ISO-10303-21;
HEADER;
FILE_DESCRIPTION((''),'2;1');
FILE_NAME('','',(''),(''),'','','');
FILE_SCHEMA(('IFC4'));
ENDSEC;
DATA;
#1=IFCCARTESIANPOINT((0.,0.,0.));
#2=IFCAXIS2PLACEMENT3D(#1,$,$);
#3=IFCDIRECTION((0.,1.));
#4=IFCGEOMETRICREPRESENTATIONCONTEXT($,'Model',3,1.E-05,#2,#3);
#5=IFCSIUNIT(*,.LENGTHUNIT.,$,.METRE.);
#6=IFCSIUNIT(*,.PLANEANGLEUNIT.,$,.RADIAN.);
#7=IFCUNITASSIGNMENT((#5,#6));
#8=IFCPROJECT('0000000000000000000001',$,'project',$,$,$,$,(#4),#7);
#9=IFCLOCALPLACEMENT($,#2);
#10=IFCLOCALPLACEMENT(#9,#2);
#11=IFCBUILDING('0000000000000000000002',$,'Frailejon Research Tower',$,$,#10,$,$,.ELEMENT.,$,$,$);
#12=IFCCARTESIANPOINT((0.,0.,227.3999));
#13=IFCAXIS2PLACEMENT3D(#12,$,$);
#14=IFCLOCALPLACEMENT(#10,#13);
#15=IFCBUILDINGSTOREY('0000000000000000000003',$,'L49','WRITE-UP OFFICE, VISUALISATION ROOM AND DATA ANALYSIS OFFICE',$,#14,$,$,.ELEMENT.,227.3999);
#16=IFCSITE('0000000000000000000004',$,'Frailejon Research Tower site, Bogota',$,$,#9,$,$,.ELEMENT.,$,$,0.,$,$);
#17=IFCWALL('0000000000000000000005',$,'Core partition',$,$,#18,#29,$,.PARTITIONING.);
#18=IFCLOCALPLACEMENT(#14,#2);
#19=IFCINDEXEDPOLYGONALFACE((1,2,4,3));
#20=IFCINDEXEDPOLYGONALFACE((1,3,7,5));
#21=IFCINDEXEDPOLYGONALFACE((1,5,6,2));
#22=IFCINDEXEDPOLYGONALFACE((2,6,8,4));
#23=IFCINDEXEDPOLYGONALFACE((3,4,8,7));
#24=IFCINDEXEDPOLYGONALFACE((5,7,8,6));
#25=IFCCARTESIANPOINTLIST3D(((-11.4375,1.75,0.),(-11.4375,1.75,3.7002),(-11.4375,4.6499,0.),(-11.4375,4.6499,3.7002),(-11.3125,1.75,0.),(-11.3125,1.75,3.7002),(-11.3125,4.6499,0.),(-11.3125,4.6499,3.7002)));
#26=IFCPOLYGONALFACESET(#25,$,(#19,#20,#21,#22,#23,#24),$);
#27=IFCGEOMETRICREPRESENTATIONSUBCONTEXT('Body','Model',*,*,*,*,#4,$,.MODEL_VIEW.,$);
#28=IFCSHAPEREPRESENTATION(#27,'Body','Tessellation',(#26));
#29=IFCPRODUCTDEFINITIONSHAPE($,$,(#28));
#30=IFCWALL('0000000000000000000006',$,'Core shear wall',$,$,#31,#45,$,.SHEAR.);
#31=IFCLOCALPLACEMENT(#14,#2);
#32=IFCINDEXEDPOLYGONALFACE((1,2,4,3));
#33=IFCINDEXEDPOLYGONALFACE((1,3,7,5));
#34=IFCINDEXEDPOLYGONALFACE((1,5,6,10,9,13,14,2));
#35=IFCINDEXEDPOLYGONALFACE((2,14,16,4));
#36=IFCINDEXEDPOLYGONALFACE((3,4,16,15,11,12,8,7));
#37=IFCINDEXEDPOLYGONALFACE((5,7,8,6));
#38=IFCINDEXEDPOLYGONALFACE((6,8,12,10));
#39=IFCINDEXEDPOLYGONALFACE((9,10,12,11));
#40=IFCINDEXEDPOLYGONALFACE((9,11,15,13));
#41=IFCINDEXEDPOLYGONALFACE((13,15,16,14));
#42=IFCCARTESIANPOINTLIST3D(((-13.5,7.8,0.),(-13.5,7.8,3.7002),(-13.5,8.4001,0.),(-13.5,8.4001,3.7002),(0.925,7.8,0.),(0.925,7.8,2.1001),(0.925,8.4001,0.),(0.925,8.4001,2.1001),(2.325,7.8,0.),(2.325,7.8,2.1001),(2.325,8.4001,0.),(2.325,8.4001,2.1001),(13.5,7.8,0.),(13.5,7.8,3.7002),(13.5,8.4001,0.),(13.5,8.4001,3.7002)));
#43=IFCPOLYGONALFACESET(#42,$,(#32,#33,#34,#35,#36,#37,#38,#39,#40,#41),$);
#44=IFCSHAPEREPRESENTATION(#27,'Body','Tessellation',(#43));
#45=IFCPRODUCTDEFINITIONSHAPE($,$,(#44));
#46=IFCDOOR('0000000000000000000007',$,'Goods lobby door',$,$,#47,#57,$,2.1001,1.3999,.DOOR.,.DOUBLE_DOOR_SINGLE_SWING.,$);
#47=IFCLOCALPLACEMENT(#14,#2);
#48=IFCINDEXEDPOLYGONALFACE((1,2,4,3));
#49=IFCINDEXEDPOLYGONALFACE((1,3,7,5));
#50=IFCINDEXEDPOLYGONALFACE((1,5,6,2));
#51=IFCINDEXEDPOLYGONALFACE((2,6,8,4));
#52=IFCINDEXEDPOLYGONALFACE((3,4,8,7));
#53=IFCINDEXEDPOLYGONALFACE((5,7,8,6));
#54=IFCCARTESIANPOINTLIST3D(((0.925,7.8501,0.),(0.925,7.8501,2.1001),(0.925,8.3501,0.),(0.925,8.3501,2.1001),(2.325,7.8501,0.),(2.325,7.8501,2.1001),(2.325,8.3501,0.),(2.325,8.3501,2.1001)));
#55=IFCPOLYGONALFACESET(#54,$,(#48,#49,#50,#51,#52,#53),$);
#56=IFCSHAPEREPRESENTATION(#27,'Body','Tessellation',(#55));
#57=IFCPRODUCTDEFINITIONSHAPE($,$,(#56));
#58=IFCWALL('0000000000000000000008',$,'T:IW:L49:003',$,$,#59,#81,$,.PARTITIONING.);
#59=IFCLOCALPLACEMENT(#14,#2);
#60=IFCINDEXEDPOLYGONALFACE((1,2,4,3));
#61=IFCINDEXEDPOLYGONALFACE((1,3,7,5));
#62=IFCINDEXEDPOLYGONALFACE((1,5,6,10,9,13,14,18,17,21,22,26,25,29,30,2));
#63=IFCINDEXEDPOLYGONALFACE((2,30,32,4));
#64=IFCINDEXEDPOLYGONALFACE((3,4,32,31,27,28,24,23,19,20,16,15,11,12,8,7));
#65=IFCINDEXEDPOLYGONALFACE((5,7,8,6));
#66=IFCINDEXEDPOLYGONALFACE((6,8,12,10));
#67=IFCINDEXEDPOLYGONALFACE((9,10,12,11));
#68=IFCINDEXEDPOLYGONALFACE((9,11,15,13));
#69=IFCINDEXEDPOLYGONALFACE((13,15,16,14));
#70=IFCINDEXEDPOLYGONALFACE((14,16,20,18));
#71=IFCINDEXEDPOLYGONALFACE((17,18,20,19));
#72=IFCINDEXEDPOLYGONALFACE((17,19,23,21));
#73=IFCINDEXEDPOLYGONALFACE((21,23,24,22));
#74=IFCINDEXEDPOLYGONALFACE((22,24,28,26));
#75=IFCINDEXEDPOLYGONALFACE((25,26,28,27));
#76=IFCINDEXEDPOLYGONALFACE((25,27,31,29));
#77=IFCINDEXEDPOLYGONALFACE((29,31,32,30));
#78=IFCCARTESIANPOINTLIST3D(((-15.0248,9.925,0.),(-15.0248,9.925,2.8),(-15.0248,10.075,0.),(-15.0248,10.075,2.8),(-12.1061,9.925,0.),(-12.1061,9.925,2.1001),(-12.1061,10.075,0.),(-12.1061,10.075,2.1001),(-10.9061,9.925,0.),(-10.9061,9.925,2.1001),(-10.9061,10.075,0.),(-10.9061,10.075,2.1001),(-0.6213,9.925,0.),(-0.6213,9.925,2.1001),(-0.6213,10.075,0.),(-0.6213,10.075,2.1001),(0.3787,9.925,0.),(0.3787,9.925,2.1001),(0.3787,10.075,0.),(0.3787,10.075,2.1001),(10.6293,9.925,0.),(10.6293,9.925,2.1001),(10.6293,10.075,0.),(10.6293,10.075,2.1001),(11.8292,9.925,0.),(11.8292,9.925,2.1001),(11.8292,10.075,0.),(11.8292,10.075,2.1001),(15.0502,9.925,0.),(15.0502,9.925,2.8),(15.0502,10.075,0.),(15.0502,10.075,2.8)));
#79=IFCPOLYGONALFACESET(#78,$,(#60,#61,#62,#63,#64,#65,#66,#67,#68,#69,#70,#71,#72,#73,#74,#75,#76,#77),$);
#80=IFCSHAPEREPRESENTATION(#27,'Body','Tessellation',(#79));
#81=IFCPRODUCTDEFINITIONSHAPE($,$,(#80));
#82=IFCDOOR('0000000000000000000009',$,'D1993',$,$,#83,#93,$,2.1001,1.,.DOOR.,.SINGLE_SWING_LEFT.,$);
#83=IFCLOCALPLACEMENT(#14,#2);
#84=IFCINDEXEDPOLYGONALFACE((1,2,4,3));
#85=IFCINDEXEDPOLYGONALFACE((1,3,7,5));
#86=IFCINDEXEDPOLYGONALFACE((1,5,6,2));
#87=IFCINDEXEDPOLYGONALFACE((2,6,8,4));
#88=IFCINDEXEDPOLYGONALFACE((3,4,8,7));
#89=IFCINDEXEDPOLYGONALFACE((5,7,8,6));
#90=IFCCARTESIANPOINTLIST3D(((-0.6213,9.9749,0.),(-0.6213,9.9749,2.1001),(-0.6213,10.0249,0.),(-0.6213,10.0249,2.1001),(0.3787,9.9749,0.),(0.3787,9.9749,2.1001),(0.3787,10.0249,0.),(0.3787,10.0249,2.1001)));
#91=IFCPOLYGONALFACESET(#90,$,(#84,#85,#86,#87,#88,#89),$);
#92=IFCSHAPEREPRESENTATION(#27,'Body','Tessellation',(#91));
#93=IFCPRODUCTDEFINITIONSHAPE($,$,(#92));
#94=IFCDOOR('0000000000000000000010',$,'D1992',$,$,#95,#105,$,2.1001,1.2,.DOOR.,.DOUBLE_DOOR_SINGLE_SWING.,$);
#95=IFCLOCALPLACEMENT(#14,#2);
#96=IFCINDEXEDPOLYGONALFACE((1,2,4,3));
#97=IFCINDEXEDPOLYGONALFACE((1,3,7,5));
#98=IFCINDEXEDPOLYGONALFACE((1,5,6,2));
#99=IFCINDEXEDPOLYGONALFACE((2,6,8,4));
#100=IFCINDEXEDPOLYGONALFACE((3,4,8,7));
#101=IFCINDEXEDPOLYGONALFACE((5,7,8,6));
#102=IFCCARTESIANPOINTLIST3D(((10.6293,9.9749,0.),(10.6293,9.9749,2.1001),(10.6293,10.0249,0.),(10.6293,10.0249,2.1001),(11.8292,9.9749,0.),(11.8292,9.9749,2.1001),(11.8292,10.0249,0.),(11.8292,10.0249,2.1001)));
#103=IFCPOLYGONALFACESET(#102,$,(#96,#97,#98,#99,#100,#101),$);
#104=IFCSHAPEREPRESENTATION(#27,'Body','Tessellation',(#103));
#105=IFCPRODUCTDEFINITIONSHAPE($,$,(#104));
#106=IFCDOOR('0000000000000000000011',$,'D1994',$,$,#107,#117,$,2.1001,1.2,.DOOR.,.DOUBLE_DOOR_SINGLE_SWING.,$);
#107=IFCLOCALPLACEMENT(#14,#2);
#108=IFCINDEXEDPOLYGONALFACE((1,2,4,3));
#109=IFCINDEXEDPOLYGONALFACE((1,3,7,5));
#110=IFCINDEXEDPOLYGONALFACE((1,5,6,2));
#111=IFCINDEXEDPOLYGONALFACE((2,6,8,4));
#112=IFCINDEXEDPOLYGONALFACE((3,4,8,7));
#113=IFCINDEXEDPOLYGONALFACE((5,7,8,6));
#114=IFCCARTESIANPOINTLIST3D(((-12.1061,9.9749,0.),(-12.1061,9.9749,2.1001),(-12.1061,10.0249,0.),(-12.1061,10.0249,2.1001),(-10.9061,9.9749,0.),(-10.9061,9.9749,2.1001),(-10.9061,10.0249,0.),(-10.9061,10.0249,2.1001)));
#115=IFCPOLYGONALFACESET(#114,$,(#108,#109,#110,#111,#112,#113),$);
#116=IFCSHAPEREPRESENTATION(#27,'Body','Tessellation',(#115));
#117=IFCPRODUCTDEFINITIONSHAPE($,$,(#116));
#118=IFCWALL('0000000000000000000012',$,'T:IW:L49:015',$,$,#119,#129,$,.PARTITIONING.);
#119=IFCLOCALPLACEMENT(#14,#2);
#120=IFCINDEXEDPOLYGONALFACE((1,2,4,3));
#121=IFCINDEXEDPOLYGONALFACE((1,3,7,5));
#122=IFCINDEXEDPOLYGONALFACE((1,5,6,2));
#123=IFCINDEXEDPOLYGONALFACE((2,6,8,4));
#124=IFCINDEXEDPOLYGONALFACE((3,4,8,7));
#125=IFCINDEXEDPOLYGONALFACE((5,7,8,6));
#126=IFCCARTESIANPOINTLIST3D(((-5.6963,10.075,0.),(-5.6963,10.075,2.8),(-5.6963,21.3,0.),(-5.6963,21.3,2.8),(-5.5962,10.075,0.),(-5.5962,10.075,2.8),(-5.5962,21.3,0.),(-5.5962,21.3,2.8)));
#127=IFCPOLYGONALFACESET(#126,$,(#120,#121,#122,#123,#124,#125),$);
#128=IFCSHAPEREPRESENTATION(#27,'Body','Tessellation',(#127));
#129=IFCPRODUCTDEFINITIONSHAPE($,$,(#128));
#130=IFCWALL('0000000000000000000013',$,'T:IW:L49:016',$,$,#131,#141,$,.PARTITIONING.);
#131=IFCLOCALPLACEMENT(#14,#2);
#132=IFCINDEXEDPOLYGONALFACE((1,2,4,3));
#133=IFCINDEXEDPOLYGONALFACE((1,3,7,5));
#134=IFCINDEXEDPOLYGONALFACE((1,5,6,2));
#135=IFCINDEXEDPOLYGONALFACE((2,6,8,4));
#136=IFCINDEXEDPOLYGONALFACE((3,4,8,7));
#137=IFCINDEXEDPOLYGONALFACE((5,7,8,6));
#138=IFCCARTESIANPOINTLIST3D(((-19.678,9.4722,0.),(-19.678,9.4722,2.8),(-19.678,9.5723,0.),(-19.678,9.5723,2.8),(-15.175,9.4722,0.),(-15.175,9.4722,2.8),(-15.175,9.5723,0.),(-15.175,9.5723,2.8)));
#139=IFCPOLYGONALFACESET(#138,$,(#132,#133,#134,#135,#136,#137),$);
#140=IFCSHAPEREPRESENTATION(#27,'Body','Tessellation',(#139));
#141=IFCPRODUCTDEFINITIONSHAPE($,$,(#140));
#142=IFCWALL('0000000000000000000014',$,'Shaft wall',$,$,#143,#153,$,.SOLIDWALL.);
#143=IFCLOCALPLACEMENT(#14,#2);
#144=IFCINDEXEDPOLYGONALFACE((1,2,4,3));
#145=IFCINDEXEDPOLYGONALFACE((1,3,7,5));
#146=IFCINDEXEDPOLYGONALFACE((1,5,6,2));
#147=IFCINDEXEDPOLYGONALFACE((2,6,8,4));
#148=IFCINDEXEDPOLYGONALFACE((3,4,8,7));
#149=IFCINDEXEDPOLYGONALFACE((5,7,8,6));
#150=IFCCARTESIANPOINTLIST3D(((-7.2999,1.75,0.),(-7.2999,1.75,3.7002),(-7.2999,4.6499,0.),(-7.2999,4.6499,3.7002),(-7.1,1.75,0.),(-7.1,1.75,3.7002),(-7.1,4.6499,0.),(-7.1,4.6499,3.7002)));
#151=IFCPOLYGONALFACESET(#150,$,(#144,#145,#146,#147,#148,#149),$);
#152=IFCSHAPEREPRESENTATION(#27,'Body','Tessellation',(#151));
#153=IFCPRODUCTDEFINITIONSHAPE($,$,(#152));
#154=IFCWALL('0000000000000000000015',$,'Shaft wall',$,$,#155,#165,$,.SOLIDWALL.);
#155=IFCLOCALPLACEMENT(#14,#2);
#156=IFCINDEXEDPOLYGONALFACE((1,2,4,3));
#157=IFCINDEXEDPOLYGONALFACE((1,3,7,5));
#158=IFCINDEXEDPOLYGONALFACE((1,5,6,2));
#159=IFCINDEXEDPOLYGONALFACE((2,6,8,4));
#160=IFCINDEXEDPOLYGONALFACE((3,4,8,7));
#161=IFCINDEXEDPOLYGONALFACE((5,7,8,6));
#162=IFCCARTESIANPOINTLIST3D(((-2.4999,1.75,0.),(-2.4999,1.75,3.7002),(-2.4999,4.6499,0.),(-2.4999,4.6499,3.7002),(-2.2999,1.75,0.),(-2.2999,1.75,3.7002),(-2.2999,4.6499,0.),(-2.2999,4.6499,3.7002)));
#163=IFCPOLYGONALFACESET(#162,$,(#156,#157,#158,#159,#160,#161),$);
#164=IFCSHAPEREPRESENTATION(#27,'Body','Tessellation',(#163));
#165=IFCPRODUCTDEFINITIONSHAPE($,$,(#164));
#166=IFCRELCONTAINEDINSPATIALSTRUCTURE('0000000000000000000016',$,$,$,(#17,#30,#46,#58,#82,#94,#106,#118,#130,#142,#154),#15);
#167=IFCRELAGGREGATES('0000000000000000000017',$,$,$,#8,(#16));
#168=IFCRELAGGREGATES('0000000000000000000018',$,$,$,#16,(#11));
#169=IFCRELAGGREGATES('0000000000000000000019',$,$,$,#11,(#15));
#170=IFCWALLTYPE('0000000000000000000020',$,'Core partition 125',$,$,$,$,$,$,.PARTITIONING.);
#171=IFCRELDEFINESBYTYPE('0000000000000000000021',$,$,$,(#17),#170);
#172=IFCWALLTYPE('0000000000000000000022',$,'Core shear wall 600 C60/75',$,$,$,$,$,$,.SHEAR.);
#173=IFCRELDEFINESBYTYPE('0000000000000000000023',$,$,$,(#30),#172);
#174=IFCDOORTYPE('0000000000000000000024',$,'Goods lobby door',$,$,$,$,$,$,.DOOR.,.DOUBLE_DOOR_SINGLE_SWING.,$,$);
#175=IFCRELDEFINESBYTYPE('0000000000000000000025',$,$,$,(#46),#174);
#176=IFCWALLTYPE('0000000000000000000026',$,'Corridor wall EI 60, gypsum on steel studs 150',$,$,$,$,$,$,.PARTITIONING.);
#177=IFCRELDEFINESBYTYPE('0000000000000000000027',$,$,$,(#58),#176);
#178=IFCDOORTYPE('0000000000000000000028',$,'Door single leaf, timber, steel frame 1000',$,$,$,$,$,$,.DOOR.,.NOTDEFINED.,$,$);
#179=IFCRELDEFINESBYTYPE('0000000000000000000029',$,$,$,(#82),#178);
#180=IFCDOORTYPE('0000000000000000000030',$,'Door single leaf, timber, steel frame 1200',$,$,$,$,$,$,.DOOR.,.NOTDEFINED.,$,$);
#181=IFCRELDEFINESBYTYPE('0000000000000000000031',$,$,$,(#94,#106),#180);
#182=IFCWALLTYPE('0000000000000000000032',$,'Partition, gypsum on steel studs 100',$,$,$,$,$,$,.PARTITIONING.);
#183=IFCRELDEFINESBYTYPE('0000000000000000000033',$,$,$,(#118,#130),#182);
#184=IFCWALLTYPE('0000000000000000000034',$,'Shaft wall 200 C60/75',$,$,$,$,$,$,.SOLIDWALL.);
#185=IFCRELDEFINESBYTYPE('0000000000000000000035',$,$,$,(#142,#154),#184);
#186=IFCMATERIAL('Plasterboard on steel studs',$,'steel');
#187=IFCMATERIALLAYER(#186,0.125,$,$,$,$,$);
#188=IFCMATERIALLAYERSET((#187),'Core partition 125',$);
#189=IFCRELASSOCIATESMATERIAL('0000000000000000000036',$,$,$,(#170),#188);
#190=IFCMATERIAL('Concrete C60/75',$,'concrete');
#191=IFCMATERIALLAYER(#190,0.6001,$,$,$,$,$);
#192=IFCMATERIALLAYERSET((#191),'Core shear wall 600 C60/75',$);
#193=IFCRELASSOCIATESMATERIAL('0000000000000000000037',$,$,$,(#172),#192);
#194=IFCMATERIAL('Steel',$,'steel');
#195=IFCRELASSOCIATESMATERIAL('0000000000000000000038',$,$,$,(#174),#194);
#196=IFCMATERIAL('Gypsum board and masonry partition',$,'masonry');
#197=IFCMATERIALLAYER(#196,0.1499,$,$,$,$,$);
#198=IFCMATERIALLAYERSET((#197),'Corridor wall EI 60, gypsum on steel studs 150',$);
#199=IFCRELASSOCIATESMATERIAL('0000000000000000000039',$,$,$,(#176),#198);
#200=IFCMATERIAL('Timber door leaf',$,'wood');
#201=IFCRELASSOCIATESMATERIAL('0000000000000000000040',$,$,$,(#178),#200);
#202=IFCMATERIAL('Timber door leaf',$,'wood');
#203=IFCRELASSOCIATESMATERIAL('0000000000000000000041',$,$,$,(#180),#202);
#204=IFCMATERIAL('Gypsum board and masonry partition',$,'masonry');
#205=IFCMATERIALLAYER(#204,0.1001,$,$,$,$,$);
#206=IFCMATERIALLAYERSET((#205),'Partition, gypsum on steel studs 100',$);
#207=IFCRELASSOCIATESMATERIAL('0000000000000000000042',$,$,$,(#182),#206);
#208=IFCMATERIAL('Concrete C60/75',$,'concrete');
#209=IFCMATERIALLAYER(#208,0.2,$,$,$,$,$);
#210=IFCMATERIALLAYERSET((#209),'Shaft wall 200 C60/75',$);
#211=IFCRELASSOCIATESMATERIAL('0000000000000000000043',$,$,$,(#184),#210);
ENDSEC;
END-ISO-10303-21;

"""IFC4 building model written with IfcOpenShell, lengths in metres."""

from ifc_helpers import new_model, si_unit, direction, frame, frame_2d, origin, place, context, subcontext, project, spatial, rectangle, extrude, material, layer, layer_set, type_object, element, fill, save


model = new_model("IFC4")

# Units and contexts
model_context = context("Model", 3, precision=1e-05, world=origin(), true_north=direction((0.0, 1.0)))
body_context = subcontext(model_context, "Body", "Model", "MODEL_VIEW")
ifc_project = project(units=[si_unit("LENGTHUNIT", "METRE"), si_unit("PLANEANGLEUNIT", "RADIAN")], contexts=[model_context])

# Site, building, storey
site_placement = place(None, origin())
site = spatial("IfcSite", under=ifc_project, at=site_placement, Name="Frailejon Research Tower site, Bogota", CompositionType="ELEMENT", RefElevation=0.0)
building_placement = place(site_placement, origin())
building = spatial("IfcBuilding", under=site, at=building_placement, Name="Frailejon Research Tower", CompositionType="ELEMENT")
storey_placement = place(building_placement, frame((0.0, 0.0, 227.3999)))
storey = spatial("IfcBuildingStorey", under=building, at=storey_placement, Name="L49", Description="WRITE-UP OFFICE, VISUALISATION ROOM AND DATA ANALYSIS OFFICE", CompositionType="ELEMENT", Elevation=227.3999)

# Wall
ifc_material_1 = material(Name="Plasterboard on steel studs", Category="steel")
ifc_layer_1 = layer(ifc_material_1, 0.125)
ifc_layer_set_1 = layer_set([ifc_layer_1], Name="Core partition 125")
wall_type_1 = type_object("IfcWallType", Name="Core partition 125", PredefinedType="PARTITIONING", material=ifc_layer_set_1)
wall_1_placement = place(storey_placement, frame((-11.375, 1.75, 0.0), z_axis=(0.0, 0.0, 1.0), x_axis=(0.0, 1.0, 0.0)))
element("IfcWall", 1, at=wall_1_placement, inside=storey, type_object=wall_type_1, Name="Core partition", PredefinedType="PARTITIONING", context=body_context, shape_type="SweptSolid", body=[
    extrude(rectangle(XDim=2.8999, YDim=0.125, at=frame_2d((1.45, 0.0))), origin(), (0.0, 0.0, 1.0), 3.7002),
])

# Wall, opening, door
ifc_material_2 = material(Name="Concrete C60/75", Category="concrete")
ifc_layer_2 = layer(ifc_material_2, 0.6001)
ifc_layer_set_2 = layer_set([ifc_layer_2], Name="Core shear wall 600 C60/75")
wall_type_2 = type_object("IfcWallType", Name="Core shear wall 600 C60/75", PredefinedType="SHEAR", material=ifc_layer_set_2)
wall_2_placement = place(storey_placement, frame((-13.5, 8.1001, 0.0), z_axis=(0.0, 0.0, 1.0), x_axis=(1.0, 0.0, 0.0)))
wall_2 = element("IfcWall", 2, at=wall_2_placement, inside=storey, type_object=wall_type_2, Name="Core shear wall", PredefinedType="SHEAR", context=body_context, shape_type="SweptSolid", body=[
    extrude(rectangle(XDim=27.0, YDim=0.6001, at=frame_2d((13.5, 0.0))), origin(), (0.0, 0.0, 1.0), 3.7002),
])
opening_1_placement = place(wall_2_placement, frame((14.425, 0.0, 0.0)))
opening_1 = element("IfcOpeningElement", 3, at=opening_1_placement, cuts=wall_2, PredefinedType="OPENING", context=body_context, shape_type="SweptSolid", body=[
    extrude(rectangle(XDim=1.3999, YDim=2.1001, at=frame_2d((0.7, 1.05))), frame((0.0, 0.3101, 0.0), z_axis=(0.0, -1.0, 0.0), x_axis=(1.0, 0.0, 0.0)), (0.0, 0.0, 1.0), 0.6201),
])
ifc_material_3 = material(Name="Steel", Category="steel")
door_type_1 = type_object("IfcDoorType", Name="Goods lobby door", OperationType="DOUBLE_DOOR_SINGLE_SWING", PredefinedType="DOOR", material=ifc_material_3)
door_1_placement = place(opening_1_placement, origin())
door_1 = element("IfcDoor", 4, at=door_1_placement, inside=storey, type_object=door_type_1, Name="Goods lobby door", OperationType="DOUBLE_DOOR_SINGLE_SWING", OverallHeight=2.1001, OverallWidth=1.3999, PredefinedType="DOOR", context=body_context, shape_type="SweptSolid", body=[
    extrude(rectangle(XDim=1.3999, YDim=2.1001, at=frame_2d((0.7, 1.05))), frame((0.0, 0.25, 0.0), z_axis=(0.0, -1.0, 0.0), x_axis=(1.0, 0.0, 0.0)), (0.0, 0.0, 1.0), 0.5),
])
fill(opening_1, door_1)

# Wall, openings, doors
ifc_material_4 = material(Name="Gypsum board and masonry partition", Category="masonry")
ifc_layer_3 = layer(ifc_material_4, 0.1499)
ifc_layer_set_3 = layer_set([ifc_layer_3], Name="Corridor wall EI 60, gypsum on steel studs 150")
wall_type_3 = type_object("IfcWallType", Name="Corridor wall EI 60, gypsum on steel studs 150", PredefinedType="PARTITIONING", material=ifc_layer_set_3)
wall_3_placement = place(storey_placement, frame((-15.0249, 10.0, 0.0), z_axis=(0.0, 0.0, 1.0), x_axis=(1.0, 0.0, 0.0)))
wall_3 = element("IfcWall", 5, at=wall_3_placement, inside=storey, type_object=wall_type_3, Name="T:IW:L49:003", PredefinedType="PARTITIONING", context=body_context, shape_type="SweptSolid", body=[
    extrude(rectangle(XDim=30.075, YDim=0.1499, at=frame_2d((15.0376, 0.0))), origin(), (0.0, 0.0, 1.0), 2.8),
])
opening_2_placement = place(wall_3_placement, frame((25.6541, 0.0, 0.0)))
opening_2 = element("IfcOpeningElement", 6, at=opening_2_placement, cuts=wall_3, PredefinedType="OPENING", context=body_context, shape_type="SweptSolid", body=[
    extrude(rectangle(XDim=1.2, YDim=2.1001, at=frame_2d((0.6001, 1.05))), frame((0.0, 0.085, 0.0), z_axis=(0.0, -1.0, 0.0), x_axis=(1.0, 0.0, 0.0)), (0.0, 0.0, 1.0), 0.1699),
])
opening_3_placement = place(wall_3_placement, frame((14.4036, 0.0, 0.0)))
opening_3 = element("IfcOpeningElement", 7, at=opening_3_placement, cuts=wall_3, PredefinedType="OPENING", context=body_context, shape_type="SweptSolid", body=[
    extrude(rectangle(XDim=1.0, YDim=2.1001, at=frame_2d((0.5, 1.05))), frame((0.0, 0.085, 0.0), z_axis=(0.0, -1.0, 0.0), x_axis=(1.0, 0.0, 0.0)), (0.0, 0.0, 1.0), 0.1699),
])
opening_4_placement = place(wall_3_placement, frame((2.9187, 0.0, 0.0)))
opening_4 = element("IfcOpeningElement", 8, at=opening_4_placement, cuts=wall_3, PredefinedType="OPENING", context=body_context, shape_type="SweptSolid", body=[
    extrude(rectangle(XDim=1.2, YDim=2.1001, at=frame_2d((0.6001, 1.05))), frame((0.0, 0.085, 0.0), z_axis=(0.0, -1.0, 0.0), x_axis=(1.0, 0.0, 0.0)), (0.0, 0.0, 1.0), 0.1699),
])
ifc_material_5 = material(Name="Timber door leaf", Category="wood")
door_type_2 = type_object("IfcDoorType", Name="Door single leaf, timber, steel frame 1000", OperationType="NOTDEFINED", PredefinedType="DOOR", material=ifc_material_5)
door_2_placement = place(opening_3_placement, origin())
door_2 = element("IfcDoor", 9, at=door_2_placement, inside=storey, type_object=door_type_2, Name="D1993", OperationType="SINGLE_SWING_LEFT", OverallHeight=2.1001, OverallWidth=1.0, PredefinedType="DOOR", context=body_context, shape_type="SweptSolid", body=[
    extrude(rectangle(XDim=1.0, YDim=2.1001, at=frame_2d((0.5, 1.05))), frame((0.0, 0.0249, 0.0), z_axis=(0.0, -1.0, 0.0), x_axis=(1.0, 0.0, 0.0)), (0.0, 0.0, 1.0), 0.05),
])
fill(opening_3, door_2)
ifc_material_6 = material(Name="Timber door leaf", Category="wood")
door_type_3 = type_object("IfcDoorType", Name="Door single leaf, timber, steel frame 1200", OperationType="NOTDEFINED", PredefinedType="DOOR", material=ifc_material_6)
door_3_placement = place(opening_2_placement, origin())
door_3 = element("IfcDoor", 10, at=door_3_placement, inside=storey, type_object=door_type_3, Name="D1992", OperationType="DOUBLE_DOOR_SINGLE_SWING", OverallHeight=2.1001, OverallWidth=1.2, PredefinedType="DOOR", context=body_context, shape_type="SweptSolid", body=[
    extrude(rectangle(XDim=1.2, YDim=2.1001, at=frame_2d((0.6001, 1.05))), frame((0.0, 0.0249, 0.0), z_axis=(0.0, -1.0, 0.0), x_axis=(1.0, 0.0, 0.0)), (0.0, 0.0, 1.0), 0.05),
])
fill(opening_2, door_3)
door_4_placement = place(opening_4_placement, origin())
door_4 = element("IfcDoor", 11, at=door_4_placement, inside=storey, type_object=door_type_3, Name="D1994", OperationType="DOUBLE_DOOR_SINGLE_SWING", OverallHeight=2.1001, OverallWidth=1.2, PredefinedType="DOOR", context=body_context, shape_type="SweptSolid", body=[
    extrude(rectangle(XDim=1.2, YDim=2.1001, at=frame_2d((0.6001, 1.05))), frame((0.0, 0.0249, 0.0), z_axis=(0.0, -1.0, 0.0), x_axis=(1.0, 0.0, 0.0)), (0.0, 0.0, 1.0), 0.05),
])
fill(opening_4, door_4)

# Walls
ifc_material_7 = material(Name="Gypsum board and masonry partition", Category="masonry")
ifc_layer_4 = layer(ifc_material_7, 0.1001)
ifc_layer_set_4 = layer_set([ifc_layer_4], Name="Partition, gypsum on steel studs 100")
wall_type_4 = type_object("IfcWallType", Name="Partition, gypsum on steel studs 100", PredefinedType="PARTITIONING", material=ifc_layer_set_4)
wall_4_placement = place(storey_placement, frame((-5.6462, 10.075, 0.0), z_axis=(0.0, 0.0, 1.0), x_axis=(0.0, 1.0, 0.0)))
element("IfcWall", 12, at=wall_4_placement, inside=storey, type_object=wall_type_4, Name="T:IW:L49:015", PredefinedType="PARTITIONING", context=body_context, shape_type="SweptSolid", body=[
    extrude(rectangle(XDim=11.2251, YDim=0.1001, at=frame_2d((5.6125, 0.0))), origin(), (0.0, 0.0, 1.0), 2.8),
])
wall_5_placement = place(storey_placement, frame((-19.678, 9.5222, 0.0), z_axis=(0.0, 0.0, 1.0), x_axis=(1.0, 0.0, 0.0)))
element("IfcWall", 13, at=wall_5_placement, inside=storey, type_object=wall_type_4, Name="T:IW:L49:016", PredefinedType="PARTITIONING", context=body_context, shape_type="SweptSolid", body=[
    extrude(rectangle(XDim=4.5029, YDim=0.1001, at=frame_2d((2.2515, 0.0))), origin(), (0.0, 0.0, 1.0), 2.8),
])
ifc_material_8 = material(Name="Concrete C60/75", Category="concrete")
ifc_layer_5 = layer(ifc_material_8, 0.2)
ifc_layer_set_5 = layer_set([ifc_layer_5], Name="Shaft wall 200 C60/75")
wall_type_5 = type_object("IfcWallType", Name="Shaft wall 200 C60/75", PredefinedType="SOLIDWALL", material=ifc_layer_set_5)
for number, where, z_axis, x_axis, name in (
    (14, (-7.2, 1.75, 0.0), (0.0, 0.0, 1.0), (0.0, 1.0, 0.0), "Shaft wall"),
    (15, (-2.3999, 1.75, 0.0), (0.0, 0.0, 1.0), (0.0, 1.0, 0.0), "Shaft wall"),
):
    element("IfcWall", number, at=place(storey_placement, frame(where, z_axis=z_axis, x_axis=x_axis)), inside=storey, type_object=wall_type_5, Name=name, PredefinedType="SOLIDWALL", context=body_context, shape_type="SweptSolid", body=[
        extrude(rectangle(XDim=2.8999, YDim=0.2, at=frame_2d((1.45, 0.0))), origin(), (0.0, 0.0, 1.0), 3.7002),
    ])

save(model, "model.ifc")
